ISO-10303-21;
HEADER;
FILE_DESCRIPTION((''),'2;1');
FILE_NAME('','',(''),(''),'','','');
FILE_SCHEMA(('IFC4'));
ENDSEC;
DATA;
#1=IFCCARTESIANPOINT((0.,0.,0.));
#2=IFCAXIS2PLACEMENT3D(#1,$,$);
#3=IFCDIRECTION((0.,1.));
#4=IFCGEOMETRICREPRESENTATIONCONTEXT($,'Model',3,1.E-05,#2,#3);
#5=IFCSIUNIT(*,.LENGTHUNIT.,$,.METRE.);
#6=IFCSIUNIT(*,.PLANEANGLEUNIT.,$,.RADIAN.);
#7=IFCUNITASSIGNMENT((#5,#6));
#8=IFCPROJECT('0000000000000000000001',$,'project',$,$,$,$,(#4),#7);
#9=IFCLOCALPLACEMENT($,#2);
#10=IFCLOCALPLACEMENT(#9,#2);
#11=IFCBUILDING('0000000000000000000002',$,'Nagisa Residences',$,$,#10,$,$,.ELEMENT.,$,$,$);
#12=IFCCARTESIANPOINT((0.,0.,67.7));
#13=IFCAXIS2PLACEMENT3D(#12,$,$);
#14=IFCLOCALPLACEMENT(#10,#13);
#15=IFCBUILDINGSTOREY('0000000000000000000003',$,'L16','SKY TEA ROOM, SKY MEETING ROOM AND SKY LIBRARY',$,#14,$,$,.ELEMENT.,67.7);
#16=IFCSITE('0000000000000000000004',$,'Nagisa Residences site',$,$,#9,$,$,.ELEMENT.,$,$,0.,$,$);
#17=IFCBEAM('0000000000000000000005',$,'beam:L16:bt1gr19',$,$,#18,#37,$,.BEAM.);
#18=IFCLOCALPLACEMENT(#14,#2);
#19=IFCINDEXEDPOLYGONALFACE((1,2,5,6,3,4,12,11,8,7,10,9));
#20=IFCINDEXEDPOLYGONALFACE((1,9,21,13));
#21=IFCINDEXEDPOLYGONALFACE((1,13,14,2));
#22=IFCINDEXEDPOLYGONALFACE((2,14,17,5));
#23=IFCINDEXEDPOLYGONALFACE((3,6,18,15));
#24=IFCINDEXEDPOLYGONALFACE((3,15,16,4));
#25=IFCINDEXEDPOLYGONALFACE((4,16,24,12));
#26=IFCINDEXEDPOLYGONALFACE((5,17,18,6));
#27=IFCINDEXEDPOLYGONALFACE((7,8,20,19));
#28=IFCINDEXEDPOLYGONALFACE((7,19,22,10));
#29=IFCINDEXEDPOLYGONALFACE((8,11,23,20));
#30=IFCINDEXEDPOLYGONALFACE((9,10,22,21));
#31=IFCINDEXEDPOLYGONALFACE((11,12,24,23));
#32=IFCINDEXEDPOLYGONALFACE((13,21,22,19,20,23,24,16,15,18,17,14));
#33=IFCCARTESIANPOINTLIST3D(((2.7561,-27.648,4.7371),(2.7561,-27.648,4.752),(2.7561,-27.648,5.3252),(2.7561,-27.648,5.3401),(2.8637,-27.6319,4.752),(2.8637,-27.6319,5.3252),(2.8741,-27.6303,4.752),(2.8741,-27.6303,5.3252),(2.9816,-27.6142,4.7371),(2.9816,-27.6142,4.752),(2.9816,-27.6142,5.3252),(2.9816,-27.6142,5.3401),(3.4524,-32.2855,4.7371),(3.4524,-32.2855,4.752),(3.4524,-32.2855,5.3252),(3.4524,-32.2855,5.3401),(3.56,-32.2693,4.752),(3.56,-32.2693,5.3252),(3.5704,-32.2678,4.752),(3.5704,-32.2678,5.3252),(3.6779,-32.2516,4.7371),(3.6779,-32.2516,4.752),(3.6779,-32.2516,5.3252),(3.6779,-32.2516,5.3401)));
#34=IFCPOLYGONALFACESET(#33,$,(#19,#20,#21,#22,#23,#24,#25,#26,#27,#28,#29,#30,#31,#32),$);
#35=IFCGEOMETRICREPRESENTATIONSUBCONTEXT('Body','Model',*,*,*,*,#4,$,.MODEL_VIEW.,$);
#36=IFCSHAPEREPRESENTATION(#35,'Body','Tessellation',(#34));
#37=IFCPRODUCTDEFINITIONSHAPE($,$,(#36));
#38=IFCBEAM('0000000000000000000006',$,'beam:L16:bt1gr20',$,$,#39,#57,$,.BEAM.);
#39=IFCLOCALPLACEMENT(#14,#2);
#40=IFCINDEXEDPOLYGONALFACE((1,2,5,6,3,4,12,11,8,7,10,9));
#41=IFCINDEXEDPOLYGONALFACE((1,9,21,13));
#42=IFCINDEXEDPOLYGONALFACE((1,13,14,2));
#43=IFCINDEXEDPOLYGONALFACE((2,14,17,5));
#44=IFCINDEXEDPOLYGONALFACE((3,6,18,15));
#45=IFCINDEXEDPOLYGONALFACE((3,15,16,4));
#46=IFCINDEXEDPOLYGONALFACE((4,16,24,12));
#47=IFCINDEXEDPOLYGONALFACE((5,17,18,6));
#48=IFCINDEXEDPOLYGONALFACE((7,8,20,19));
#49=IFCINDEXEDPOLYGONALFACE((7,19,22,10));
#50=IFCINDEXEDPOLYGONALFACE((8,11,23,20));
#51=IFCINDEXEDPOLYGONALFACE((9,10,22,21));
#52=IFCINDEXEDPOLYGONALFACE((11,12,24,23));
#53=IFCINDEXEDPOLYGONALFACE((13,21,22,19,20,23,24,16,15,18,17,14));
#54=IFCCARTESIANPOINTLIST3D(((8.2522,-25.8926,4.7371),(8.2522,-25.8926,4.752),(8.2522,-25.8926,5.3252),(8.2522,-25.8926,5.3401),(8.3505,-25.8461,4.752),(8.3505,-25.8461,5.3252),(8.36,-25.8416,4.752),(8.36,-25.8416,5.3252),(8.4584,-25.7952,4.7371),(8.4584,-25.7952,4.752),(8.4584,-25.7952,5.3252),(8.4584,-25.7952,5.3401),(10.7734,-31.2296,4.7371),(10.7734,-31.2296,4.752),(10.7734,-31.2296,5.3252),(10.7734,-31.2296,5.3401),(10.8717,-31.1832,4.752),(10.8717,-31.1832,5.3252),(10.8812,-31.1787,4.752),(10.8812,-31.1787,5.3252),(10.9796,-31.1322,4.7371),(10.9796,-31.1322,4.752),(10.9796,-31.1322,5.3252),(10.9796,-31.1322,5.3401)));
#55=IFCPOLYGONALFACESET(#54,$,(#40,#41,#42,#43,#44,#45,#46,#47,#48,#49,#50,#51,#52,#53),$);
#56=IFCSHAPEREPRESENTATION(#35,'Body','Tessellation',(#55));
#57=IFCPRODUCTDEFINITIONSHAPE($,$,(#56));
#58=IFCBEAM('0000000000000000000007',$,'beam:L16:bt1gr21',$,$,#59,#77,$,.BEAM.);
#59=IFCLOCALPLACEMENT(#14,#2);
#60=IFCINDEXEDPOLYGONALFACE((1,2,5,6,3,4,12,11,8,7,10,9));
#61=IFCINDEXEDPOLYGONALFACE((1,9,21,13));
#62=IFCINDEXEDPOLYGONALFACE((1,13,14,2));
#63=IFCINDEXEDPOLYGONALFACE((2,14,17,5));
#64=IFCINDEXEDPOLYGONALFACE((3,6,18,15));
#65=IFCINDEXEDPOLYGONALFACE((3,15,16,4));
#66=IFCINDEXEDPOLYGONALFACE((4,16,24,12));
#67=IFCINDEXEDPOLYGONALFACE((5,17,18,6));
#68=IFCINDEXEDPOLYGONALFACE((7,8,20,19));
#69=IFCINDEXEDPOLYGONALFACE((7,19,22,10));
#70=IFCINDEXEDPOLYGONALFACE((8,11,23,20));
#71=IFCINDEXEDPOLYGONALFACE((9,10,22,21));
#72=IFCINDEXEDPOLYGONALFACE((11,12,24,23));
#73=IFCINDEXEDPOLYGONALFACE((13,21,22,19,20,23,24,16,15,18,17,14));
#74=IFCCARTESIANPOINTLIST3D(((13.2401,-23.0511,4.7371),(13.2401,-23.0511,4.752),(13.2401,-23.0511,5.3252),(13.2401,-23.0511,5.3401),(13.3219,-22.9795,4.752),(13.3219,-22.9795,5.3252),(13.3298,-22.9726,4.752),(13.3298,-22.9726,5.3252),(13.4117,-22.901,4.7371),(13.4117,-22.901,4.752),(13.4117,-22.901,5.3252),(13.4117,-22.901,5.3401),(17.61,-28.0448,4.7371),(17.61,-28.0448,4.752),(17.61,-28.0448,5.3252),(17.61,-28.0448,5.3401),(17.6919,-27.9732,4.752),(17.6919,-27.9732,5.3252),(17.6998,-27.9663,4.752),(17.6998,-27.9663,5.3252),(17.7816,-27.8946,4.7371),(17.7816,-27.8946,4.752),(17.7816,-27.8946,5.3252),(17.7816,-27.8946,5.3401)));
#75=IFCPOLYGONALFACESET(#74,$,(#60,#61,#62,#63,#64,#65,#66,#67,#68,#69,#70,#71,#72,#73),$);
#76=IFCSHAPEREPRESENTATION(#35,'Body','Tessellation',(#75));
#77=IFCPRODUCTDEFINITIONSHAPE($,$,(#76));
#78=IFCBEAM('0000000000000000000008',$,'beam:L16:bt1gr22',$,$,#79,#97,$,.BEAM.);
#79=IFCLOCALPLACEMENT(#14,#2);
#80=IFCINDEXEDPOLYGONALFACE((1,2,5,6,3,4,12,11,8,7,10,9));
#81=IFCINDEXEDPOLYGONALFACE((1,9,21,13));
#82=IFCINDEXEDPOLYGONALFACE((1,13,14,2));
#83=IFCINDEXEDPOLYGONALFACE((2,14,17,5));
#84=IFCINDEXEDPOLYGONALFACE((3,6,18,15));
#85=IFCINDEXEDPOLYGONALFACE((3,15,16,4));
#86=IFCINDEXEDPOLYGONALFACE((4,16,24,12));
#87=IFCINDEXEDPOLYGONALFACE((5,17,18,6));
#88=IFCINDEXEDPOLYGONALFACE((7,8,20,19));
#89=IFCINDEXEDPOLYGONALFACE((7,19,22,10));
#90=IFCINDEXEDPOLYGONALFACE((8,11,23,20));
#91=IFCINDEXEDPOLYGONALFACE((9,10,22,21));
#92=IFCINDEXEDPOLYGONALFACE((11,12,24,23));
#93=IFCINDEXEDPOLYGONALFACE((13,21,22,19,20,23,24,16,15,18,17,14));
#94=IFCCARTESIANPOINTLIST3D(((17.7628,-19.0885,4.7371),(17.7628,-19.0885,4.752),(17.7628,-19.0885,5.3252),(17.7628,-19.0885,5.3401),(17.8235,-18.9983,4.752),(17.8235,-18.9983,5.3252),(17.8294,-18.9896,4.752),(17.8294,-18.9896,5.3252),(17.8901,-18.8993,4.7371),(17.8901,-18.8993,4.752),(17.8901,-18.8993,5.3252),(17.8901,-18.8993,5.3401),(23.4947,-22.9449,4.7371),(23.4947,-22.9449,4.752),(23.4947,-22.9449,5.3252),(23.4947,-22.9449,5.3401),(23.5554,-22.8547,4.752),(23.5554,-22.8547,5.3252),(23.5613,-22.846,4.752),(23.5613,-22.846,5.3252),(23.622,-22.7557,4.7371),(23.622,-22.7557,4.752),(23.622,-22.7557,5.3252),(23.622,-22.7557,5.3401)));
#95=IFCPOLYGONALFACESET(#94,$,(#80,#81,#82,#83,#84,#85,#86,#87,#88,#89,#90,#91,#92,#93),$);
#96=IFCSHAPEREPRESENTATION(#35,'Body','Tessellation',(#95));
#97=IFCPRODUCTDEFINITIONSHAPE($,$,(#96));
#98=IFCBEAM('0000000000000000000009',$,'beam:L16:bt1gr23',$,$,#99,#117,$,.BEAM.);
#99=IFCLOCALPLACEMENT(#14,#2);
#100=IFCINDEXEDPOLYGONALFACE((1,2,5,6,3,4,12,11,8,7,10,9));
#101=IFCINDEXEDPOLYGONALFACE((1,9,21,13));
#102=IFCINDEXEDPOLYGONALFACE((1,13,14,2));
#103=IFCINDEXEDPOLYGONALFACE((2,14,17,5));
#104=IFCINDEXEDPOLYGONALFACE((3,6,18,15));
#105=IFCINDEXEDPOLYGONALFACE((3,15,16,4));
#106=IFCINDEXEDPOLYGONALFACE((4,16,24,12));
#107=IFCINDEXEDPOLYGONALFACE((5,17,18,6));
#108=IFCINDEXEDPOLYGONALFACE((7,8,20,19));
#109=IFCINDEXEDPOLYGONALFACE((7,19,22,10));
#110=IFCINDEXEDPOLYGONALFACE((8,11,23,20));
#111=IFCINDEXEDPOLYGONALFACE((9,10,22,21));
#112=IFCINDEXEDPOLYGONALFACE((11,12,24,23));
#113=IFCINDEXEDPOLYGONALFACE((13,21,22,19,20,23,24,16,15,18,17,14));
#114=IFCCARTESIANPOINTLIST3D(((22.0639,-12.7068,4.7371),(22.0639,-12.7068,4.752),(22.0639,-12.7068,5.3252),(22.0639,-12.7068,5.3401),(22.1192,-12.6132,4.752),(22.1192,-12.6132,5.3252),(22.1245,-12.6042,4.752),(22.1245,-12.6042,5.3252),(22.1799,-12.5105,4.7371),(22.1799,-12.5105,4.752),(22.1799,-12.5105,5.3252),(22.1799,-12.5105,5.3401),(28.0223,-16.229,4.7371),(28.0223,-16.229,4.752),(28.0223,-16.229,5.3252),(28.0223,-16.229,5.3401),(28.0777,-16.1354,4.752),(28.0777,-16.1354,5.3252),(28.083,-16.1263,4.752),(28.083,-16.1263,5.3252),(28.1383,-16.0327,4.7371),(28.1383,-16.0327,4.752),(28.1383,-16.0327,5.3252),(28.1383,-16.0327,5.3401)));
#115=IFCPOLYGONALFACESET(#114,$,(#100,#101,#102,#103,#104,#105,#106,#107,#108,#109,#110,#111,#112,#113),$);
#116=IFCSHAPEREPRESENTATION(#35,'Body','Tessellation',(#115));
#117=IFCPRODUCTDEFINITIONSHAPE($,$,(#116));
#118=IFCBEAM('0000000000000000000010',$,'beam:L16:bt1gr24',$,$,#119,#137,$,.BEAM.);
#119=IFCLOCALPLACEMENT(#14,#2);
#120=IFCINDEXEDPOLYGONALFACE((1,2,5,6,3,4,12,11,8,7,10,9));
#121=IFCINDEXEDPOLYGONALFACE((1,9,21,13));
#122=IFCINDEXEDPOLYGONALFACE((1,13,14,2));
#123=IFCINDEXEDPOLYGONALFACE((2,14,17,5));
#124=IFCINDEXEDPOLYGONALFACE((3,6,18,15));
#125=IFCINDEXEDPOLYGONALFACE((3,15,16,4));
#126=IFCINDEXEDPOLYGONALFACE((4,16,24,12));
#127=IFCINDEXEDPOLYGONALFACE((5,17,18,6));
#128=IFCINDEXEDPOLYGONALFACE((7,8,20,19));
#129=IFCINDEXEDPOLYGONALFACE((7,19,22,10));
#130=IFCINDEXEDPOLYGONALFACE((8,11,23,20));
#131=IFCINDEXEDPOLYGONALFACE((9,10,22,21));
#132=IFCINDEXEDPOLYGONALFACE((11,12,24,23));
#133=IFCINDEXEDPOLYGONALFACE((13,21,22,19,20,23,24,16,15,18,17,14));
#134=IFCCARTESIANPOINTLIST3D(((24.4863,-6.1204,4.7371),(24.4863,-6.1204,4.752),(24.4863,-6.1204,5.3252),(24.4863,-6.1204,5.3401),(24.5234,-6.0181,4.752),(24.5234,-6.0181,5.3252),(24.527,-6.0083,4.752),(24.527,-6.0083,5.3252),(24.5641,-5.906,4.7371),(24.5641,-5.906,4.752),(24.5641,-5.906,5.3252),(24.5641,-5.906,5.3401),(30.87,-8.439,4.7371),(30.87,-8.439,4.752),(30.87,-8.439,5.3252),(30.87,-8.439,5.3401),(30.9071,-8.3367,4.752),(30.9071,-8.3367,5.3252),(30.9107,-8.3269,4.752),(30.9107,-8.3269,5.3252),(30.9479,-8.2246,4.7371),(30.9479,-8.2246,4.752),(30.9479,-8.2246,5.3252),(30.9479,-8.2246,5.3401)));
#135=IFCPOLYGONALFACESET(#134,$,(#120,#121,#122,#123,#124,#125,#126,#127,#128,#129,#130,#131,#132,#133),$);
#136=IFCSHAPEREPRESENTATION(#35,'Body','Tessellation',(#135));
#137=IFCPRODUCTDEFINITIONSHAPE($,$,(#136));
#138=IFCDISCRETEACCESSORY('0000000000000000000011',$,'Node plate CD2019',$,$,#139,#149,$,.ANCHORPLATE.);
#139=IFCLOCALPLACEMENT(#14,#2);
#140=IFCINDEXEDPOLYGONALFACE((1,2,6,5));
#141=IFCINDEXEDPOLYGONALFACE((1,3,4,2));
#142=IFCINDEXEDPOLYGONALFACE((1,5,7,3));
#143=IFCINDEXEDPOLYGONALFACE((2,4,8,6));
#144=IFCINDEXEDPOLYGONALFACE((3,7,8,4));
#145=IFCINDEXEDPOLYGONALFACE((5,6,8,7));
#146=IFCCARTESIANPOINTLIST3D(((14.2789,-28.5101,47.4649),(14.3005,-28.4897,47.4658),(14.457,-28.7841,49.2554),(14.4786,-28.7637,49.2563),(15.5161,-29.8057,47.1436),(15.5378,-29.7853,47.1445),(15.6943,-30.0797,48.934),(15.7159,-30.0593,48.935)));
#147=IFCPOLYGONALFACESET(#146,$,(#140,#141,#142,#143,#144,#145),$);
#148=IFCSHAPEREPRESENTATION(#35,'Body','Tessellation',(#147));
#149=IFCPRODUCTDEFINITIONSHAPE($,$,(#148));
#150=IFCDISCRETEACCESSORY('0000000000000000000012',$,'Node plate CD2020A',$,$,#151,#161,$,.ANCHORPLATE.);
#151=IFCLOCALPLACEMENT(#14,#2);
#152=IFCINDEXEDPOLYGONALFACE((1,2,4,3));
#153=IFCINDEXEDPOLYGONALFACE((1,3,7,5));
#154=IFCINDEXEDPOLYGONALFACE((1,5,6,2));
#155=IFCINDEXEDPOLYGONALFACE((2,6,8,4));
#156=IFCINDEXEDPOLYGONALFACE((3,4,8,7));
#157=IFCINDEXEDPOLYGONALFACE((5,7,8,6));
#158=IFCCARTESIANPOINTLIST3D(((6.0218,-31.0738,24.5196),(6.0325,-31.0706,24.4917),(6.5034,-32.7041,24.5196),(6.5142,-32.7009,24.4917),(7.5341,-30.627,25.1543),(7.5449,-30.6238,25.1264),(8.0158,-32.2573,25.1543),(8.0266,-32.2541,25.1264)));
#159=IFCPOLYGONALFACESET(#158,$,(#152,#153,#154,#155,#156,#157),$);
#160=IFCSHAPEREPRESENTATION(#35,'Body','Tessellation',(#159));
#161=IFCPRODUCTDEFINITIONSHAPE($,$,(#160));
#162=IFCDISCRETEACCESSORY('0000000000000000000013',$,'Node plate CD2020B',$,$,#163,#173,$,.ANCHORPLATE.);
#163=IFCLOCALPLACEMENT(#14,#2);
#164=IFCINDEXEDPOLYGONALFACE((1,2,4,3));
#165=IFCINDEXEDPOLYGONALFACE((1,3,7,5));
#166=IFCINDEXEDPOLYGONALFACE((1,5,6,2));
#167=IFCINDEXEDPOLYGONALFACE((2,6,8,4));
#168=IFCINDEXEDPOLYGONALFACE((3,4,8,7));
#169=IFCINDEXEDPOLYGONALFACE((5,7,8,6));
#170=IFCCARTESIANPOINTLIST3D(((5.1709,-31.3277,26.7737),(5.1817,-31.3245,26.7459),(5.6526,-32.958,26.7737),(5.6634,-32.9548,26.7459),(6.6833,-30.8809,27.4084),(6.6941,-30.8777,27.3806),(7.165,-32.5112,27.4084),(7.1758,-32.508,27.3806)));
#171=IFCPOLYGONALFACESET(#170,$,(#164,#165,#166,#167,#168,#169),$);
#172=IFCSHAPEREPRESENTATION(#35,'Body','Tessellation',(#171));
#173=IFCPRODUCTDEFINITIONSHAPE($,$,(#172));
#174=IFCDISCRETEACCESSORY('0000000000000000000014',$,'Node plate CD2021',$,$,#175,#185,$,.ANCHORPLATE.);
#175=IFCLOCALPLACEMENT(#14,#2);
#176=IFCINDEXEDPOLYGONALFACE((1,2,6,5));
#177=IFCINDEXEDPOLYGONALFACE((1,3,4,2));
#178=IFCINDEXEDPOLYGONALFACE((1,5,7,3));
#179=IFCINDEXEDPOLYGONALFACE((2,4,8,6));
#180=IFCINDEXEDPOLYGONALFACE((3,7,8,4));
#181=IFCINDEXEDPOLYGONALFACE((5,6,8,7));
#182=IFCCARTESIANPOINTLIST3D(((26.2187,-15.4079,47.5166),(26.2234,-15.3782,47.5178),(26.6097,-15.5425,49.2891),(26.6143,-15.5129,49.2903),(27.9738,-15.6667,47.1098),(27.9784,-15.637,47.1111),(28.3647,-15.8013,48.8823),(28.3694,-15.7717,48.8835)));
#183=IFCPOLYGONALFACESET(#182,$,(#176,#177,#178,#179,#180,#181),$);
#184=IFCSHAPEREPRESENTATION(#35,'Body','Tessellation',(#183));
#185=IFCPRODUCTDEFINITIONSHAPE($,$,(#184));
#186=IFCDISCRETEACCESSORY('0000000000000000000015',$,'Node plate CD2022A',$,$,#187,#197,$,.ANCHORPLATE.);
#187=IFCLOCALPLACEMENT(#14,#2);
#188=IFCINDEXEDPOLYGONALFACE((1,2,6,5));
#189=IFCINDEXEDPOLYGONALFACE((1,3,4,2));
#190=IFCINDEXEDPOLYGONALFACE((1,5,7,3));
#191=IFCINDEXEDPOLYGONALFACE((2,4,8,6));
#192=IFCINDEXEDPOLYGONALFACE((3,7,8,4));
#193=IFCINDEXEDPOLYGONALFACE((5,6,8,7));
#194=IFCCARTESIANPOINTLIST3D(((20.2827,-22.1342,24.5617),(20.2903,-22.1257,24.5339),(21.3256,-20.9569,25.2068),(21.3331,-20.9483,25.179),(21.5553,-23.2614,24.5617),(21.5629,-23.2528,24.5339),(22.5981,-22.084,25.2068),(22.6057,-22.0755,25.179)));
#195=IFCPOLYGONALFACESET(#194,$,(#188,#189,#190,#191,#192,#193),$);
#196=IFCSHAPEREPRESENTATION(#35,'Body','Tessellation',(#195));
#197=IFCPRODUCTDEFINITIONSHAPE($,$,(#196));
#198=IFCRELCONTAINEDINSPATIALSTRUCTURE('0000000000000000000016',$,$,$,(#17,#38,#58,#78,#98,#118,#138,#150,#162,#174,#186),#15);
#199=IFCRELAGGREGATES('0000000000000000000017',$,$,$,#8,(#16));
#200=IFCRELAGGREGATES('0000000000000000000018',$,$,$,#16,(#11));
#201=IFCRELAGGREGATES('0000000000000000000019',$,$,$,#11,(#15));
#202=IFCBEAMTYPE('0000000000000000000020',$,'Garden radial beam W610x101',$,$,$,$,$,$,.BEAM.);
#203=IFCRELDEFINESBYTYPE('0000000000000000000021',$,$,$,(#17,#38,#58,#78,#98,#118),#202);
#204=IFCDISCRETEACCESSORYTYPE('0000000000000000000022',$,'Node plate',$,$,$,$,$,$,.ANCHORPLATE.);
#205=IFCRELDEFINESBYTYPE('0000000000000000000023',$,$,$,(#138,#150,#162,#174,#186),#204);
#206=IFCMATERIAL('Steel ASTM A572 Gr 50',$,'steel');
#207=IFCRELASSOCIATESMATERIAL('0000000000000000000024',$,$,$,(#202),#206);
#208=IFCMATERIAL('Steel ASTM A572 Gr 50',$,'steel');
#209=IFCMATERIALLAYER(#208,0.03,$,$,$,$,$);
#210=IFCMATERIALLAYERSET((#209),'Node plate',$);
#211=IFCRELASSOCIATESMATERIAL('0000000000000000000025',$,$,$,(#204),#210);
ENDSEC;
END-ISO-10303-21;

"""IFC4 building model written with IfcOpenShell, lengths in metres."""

from ifc_helpers import new_model, si_unit, direction, frame, origin, origin_2d, place, context, subcontext, project, spatial, rectangle, i_section, extrude, material, layer, layer_set, material_profile, profile_set, type_object, element, save


model = new_model("IFC4")

# Units and contexts
model_context = context("Model", 3, precision=1e-05, world=origin(), true_north=direction((0.0, 1.0)))
body_context = subcontext(model_context, "Body", "Model", "MODEL_VIEW")
ifc_project = project(units=[si_unit("LENGTHUNIT", "METRE"), si_unit("PLANEANGLEUNIT", "RADIAN")], contexts=[model_context])

# Site, building, storey
site_placement = place(None, origin())
site = spatial("IfcSite", under=ifc_project, at=site_placement, Name="Nagisa Residences site", CompositionType="ELEMENT", RefElevation=0.0)
building_placement = place(site_placement, origin())
building = spatial("IfcBuilding", under=site, at=building_placement, Name="Nagisa Residences", CompositionType="ELEMENT")
storey_placement = place(building_placement, frame((0.0, 0.0, 67.7)))
storey = spatial("IfcBuildingStorey", under=building, at=storey_placement, Name="L16", Description="SKY TEA ROOM, SKY MEETING ROOM AND SKY LIBRARY", CompositionType="ELEMENT", Elevation=67.7)

# Beams
ifc_material_1 = material(Name="Steel ASTM A572 Gr 50", Category="steel")
ifc_material_profile_1 = material_profile(ifc_material_1, i_section(OverallWidth=0.228, OverallDepth=0.603, WebThickness=0.0105, FlangeThickness=0.0149, at=origin_2d()), Name="W610x101")
ifc_profile_set_1 = profile_set([ifc_material_profile_1], Name="Steel ASTM A572 Gr 50")
beam_type_1 = type_object("IfcBeamType", Name="Garden radial beam W610x101", PredefinedType="BEAM", material=ifc_profile_set_1)
beam_1_placement = place(storey_placement, frame((3.5652, -32.2686, 5.0386), z_axis=(-0.14848, 0.988915, 0.0), x_axis=(-0.988915, -0.14848, 0.0)))
element("IfcBeam", 1, at=beam_1_placement, inside=storey, type_object=beam_type_1, Name="beam:L16:bt1gr19", PredefinedType="BEAM", context=body_context, shape_type="SweptSolid", body=[
    extrude(i_section(OverallWidth=0.228, OverallDepth=0.603, WebThickness=0.0105, FlangeThickness=0.0149, at=origin_2d()), origin(), (0.0, 0.0, 1.0), 4.6895),
])
beam_2_placement = place(storey_placement, frame((10.8765, -31.1809, 5.0386), z_axis=(-0.427133, 0.904189, 0.0), x_axis=(-0.904189, -0.427133, 0.0)))
element("IfcBeam", 2, at=beam_2_placement, inside=storey, type_object=beam_type_1, Name="beam:L16:bt1gr20", PredefinedType="BEAM", context=body_context, shape_type="SweptSolid", body=[
    extrude(i_section(OverallWidth=0.228, OverallDepth=0.603, WebThickness=0.0105, FlangeThickness=0.0149, at=origin_2d()), origin(), (0.0, 0.0, 1.0), 5.9026),
])
beam_3_placement = place(storey_placement, frame((17.6958, -27.9697, 5.0386), z_axis=(-0.658541, 0.752545, 0.0), x_axis=(-0.752545, -0.658541, 0.0)))
element("IfcBeam", 3, at=beam_3_placement, inside=storey, type_object=beam_type_1, Name="beam:L16:bt1gr21", PredefinedType="BEAM", context=body_context, shape_type="SweptSolid", body=[
    extrude(i_section(OverallWidth=0.228, OverallDepth=0.603, WebThickness=0.0105, FlangeThickness=0.0149, at=origin_2d()), origin(), (0.0, 0.0, 1.0), 6.6357),
])
beam_4_placement = place(storey_placement, frame((23.5583, -22.8503, 5.0386), z_axis=(-0.829694, 0.558218, 0.0), x_axis=(-0.558218, -0.829694, 0.0)))
element("IfcBeam", 4, at=beam_4_placement, inside=storey, type_object=beam_type_1, Name="beam:L16:bt1gr22", PredefinedType="BEAM", context=body_context, shape_type="SweptSolid", body=[
    extrude(i_section(OverallWidth=0.228, OverallDepth=0.603, WebThickness=0.0105, FlangeThickness=0.0149, at=origin_2d()), origin(), (0.0, 0.0, 1.0), 6.9084),
])
beam_5_placement = place(storey_placement, frame((28.0803, -16.1309, 5.0386), z_axis=(-0.860845, 0.508867, 0.0), x_axis=(-0.508867, -0.860845, 0.0)))
element("IfcBeam", 5, at=beam_5_placement, inside=storey, type_object=beam_type_1, Name="beam:L16:bt1gr23", PredefinedType="BEAM", context=body_context, shape_type="SweptSolid", body=[
    extrude(i_section(OverallWidth=0.228, OverallDepth=0.603, WebThickness=0.0105, FlangeThickness=0.0149, at=origin_2d()), origin(), (0.0, 0.0, 1.0), 6.9216),
])
beam_6_placement = place(storey_placement, frame((30.9089, -8.3318, 5.0386), z_axis=(-0.939925, 0.341382, 0.0), x_axis=(-0.341382, -0.939925, 0.0)))
element("IfcBeam", 6, at=beam_6_placement, inside=storey, type_object=beam_type_1, Name="beam:L16:bt1gr24", PredefinedType="BEAM", context=body_context, shape_type="SweptSolid", body=[
    extrude(i_section(OverallWidth=0.228, OverallDepth=0.603, WebThickness=0.0105, FlangeThickness=0.0149, at=origin_2d()), origin(), (0.0, 0.0, 1.0), 6.7917),
])

# Discrete accessories
ifc_material_2 = material(Name="Steel ASTM A572 Gr 50", Category="steel")
ifc_layer = layer(ifc_material_2, 0.03)
ifc_layer_set = layer_set([ifc_layer], Name="Node plate")
discrete_accessory_type = type_object("IfcDiscreteAccessoryType", Name="Node plate", PredefinedType="ANCHORPLATE", material=ifc_layer_set)
discrete_accessory_1_placement = place(storey_placement, frame((14.9866, -29.2949, 48.1995), z_axis=(0.726852, 0.686017, 0.032667), x_axis=(-0.097857, 0.150527, -0.983751)))
element("IfcDiscreteAccessory", 7, at=discrete_accessory_1_placement, inside=storey, type_object=discrete_accessory_type, Name="Node plate CD2019", PredefinedType="ANCHORPLATE", context=body_context, shape_type="SweptSolid", body=[
    extrude(rectangle(XDim=1.8201, YDim=1.8201, at=origin_2d()), origin(), (0.0, 0.0, 1.0), 0.0298),
])
for number, where, z_axis, x_axis, name in (
    (8, (7.0295, -31.6624, 24.8091), (-0.358055, -0.105789, 0.927688), (0.283346, -0.959018, 0.0), "Node plate CD2020A"),
    (9, (6.168, -31.9194, 27.0911), (0.358055, 0.105789, -0.927688), (-0.283346, 0.959018, 0.0), "Node plate CD2020B"),
):
    element("IfcDiscreteAccessory", number, at=place(storey_placement, frame(where, z_axis=z_axis, x_axis=x_axis)), inside=storey, type_object=discrete_accessory_type, Name=name, PredefinedType="ANCHORPLATE", context=body_context, shape_type="SweptSolid", body=[
        extrude(rectangle(XDim=1.7, YDim=1.7, at=origin_2d()), origin(), (0.0, 0.0, 1.0), 0.03),
    ])
discrete_accessory_2_placement = place(storey_placement, frame((27.2964, -15.575, 48.2007), z_axis=(-0.154995, -0.987073, -0.040788), x_axis=(-0.214798, 0.07397, -0.973853)))
element("IfcDiscreteAccessory", 10, at=discrete_accessory_2_placement, inside=storey, type_object=discrete_accessory_type, Name="Node plate CD2021", PredefinedType="ANCHORPLATE", context=body_context, shape_type="SweptSolid", body=[
    extrude(rectangle(XDim=1.8201, YDim=1.8201, at=origin_2d()), origin(), (0.0, 0.0, 1.0), 0.03),
])
discrete_accessory_3_placement = place(storey_placement, frame((21.448, -22.1006, 24.8564), z_axis=(-0.251592, -0.284056, 0.92521), x_axis=(0.748588, -0.663035, 0.0)))
element("IfcDiscreteAccessory", 11, at=discrete_accessory_3_placement, inside=storey, type_object=discrete_accessory_type, Name="Node plate CD2022A", PredefinedType="ANCHORPLATE", context=body_context, shape_type="SweptSolid", body=[
    extrude(rectangle(XDim=1.7, YDim=1.7, at=origin_2d()), origin(), (0.0, 0.0, 1.0), 0.03),
])

save(model, "model.ifc")
